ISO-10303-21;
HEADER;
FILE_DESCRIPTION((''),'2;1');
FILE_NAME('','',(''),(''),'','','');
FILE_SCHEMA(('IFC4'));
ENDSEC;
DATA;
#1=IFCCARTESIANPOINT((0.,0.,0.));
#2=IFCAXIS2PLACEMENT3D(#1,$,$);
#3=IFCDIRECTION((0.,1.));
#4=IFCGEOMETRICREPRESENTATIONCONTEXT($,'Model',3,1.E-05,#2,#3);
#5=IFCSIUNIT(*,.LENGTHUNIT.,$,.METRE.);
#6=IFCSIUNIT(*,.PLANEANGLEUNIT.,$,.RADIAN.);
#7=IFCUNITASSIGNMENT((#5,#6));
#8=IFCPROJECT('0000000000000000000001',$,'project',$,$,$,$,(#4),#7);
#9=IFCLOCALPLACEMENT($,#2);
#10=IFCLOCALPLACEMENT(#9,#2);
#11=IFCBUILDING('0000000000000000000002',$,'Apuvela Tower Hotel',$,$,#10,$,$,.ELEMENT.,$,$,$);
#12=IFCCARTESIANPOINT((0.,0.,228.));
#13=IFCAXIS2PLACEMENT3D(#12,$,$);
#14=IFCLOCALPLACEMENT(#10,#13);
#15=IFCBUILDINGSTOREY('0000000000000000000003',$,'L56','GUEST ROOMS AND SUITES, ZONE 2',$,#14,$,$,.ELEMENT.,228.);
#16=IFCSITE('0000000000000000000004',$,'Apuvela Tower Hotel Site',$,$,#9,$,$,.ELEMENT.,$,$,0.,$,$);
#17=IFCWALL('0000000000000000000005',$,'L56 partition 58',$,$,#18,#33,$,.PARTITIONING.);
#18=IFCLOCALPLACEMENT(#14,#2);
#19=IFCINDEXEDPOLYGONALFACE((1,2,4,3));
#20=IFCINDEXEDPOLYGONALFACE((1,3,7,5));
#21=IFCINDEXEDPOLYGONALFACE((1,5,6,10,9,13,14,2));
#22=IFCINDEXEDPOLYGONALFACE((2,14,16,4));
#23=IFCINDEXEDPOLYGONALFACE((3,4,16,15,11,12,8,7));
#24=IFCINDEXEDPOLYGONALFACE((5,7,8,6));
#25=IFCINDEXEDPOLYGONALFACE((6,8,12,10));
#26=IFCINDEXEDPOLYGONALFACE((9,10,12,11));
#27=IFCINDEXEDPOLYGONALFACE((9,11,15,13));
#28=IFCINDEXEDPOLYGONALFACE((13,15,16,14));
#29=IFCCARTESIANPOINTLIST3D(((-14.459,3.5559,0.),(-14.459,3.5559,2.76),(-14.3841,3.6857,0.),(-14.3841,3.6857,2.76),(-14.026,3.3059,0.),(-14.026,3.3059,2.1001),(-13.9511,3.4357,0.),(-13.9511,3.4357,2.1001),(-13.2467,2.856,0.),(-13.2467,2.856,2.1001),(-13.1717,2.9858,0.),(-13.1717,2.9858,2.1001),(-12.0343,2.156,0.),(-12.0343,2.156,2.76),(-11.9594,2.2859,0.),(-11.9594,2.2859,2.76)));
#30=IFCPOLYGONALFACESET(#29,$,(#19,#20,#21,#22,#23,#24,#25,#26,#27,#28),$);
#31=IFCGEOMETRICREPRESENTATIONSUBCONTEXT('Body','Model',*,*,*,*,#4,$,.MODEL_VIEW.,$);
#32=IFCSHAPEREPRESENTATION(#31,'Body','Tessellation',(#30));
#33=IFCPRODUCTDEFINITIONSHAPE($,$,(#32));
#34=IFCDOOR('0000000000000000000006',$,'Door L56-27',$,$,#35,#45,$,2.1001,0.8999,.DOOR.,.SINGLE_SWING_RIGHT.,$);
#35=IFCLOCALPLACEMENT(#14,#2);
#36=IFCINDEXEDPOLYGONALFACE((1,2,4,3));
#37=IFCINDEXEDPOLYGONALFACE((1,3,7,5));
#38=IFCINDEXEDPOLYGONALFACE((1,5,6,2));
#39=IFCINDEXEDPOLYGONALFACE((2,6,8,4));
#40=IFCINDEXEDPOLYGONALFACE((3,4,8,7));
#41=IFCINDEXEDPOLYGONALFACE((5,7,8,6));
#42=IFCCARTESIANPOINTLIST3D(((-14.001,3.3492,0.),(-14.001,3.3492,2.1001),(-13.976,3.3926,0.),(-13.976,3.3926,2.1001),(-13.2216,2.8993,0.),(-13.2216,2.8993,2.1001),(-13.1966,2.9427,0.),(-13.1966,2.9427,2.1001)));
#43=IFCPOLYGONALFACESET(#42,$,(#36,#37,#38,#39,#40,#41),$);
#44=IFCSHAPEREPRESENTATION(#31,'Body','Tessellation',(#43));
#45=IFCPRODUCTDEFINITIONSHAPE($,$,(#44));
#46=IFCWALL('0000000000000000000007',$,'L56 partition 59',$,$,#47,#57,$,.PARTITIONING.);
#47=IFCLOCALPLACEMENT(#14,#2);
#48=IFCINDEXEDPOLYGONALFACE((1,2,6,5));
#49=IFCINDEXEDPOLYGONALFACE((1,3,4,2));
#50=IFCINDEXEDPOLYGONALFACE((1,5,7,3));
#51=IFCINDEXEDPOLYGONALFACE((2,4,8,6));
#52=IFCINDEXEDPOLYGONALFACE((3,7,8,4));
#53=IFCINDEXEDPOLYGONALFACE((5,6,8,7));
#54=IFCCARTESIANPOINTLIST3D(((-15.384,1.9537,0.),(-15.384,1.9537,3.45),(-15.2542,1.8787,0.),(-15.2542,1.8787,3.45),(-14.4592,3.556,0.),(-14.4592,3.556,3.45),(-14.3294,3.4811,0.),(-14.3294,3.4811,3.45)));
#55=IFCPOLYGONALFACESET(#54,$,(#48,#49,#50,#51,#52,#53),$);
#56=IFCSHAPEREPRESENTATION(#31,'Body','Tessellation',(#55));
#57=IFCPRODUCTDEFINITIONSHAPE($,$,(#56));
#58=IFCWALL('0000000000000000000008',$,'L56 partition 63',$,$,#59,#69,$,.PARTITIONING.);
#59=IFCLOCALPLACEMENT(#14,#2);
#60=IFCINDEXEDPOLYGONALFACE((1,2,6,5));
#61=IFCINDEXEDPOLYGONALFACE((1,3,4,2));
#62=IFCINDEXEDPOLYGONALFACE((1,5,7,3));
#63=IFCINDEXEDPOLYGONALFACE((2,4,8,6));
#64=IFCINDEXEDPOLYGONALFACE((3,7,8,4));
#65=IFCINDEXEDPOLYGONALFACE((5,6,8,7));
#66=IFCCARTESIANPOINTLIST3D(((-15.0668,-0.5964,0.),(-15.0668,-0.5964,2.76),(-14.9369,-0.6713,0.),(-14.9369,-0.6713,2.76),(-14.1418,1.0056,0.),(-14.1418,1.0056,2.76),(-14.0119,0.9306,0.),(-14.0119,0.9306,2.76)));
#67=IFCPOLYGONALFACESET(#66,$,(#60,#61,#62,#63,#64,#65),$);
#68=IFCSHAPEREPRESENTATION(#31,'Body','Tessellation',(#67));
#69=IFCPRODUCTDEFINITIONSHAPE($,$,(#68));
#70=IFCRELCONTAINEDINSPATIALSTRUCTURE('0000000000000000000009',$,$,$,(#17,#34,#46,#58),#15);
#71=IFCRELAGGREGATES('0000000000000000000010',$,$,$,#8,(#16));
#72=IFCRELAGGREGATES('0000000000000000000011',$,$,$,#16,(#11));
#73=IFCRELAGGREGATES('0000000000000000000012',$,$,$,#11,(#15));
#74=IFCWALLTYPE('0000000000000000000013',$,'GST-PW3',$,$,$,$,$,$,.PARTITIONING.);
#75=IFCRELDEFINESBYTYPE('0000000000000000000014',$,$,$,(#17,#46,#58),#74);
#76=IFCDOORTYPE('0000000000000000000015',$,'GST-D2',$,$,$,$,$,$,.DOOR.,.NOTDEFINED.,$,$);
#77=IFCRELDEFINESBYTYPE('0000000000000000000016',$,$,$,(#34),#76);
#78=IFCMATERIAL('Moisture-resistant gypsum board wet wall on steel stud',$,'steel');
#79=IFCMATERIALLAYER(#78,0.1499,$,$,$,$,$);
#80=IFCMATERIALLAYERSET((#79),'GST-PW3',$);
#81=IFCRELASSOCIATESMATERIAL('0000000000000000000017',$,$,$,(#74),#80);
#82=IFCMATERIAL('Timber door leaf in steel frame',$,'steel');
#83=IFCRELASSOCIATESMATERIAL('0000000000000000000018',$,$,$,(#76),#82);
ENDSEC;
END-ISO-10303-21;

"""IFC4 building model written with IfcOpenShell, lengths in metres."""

from ifc_helpers import new_model, si_unit, direction, frame, frame_2d, origin, place, context, subcontext, project, spatial, rectangle, extrude, material, layer, layer_set, type_object, element, fill, save


model = new_model("IFC4")

# Units and contexts
model_context = context("Model", 3, precision=1e-05, world=origin(), true_north=direction((0.0, 1.0)))
body_context = subcontext(model_context, "Body", "Model", "MODEL_VIEW")
ifc_project = project(units=[si_unit("LENGTHUNIT", "METRE"), si_unit("PLANEANGLEUNIT", "RADIAN")], contexts=[model_context])

# Site, building, storey
site_placement = place(None, origin())
site = spatial("IfcSite", under=ifc_project, at=site_placement, Name="Apuvela Tower Hotel Site", CompositionType="ELEMENT", RefElevation=0.0)
building_placement = place(site_placement, origin())
building = spatial("IfcBuilding", under=site, at=building_placement, Name="Apuvela Tower Hotel", CompositionType="ELEMENT")
storey_placement = place(building_placement, frame((0.0, 0.0, 228.0)))
storey = spatial("IfcBuildingStorey", under=building, at=storey_placement, Name="L56", Description="GUEST ROOMS AND SUITES, ZONE 2", CompositionType="ELEMENT", Elevation=228.0)

# Shared definitions
ifc_material_1 = material(Name="Timber door leaf in steel frame", Category="steel")
ifc_material_2 = material(Name="Moisture-resistant gypsum board wet wall on steel stud", Category="steel")
ifc_layer_1 = layer(ifc_material_2, 0.1499)
ifc_layer_set_1 = layer_set([ifc_layer_1], Name="GST-PW3")
wall_type_1 = type_object("IfcWallType", Name="GST-PW3", PredefinedType="PARTITIONING", material=ifc_layer_set_1)
door_type_1 = type_object("IfcDoorType", Name="GST-D2", OperationType="NOTDEFINED", PredefinedType="DOOR", material=ifc_material_1)

# Wall, opening, door
wall_1_placement = place(storey_placement, frame((-11.9968, 2.2209, 0.0), z_axis=(0.0, 0.0, 1.0), x_axis=(-0.866035, 0.499984, 0.0)))
wall_1 = element("IfcWall", 1, at=wall_1_placement, inside=storey, type_object=wall_type_1, Name="L56 partition 58", PredefinedType="PARTITIONING", context=body_context, shape_type="SweptSolid", body=[
    extrude(rectangle(XDim=2.7998, YDim=0.1499, at=frame_2d((1.3999, 0.0))), origin(), (0.0, 0.0, 1.0), 2.76),
])
opening_1_placement = place(wall_1_placement, frame((1.3999, 0.0, 0.0)))
opening_1 = element("IfcOpeningElement", 2, at=opening_1_placement, cuts=wall_1, PredefinedType="OPENING", context=body_context, shape_type="SweptSolid", body=[
    extrude(rectangle(XDim=0.8999, YDim=2.1001, at=frame_2d((0.45, 1.05))), frame((0.0, 0.085, 0.0), z_axis=(0.0, -1.0, 0.0), x_axis=(1.0, 0.0, 0.0)), (0.0, 0.0, 1.0), 0.1699),
])
door_1_placement = place(opening_1_placement, origin())
door_1 = element("IfcDoor", 3, at=door_1_placement, inside=storey, type_object=door_type_1, Name="Door L56-27", OperationType="SINGLE_SWING_RIGHT", OverallHeight=2.1001, OverallWidth=0.8999, PredefinedType="DOOR", context=body_context, shape_type="SweptSolid", body=[
    extrude(rectangle(XDim=0.8999, YDim=2.1001, at=frame_2d((0.45, 1.05))), frame((0.0, 0.0249, 0.0), z_axis=(0.0, -1.0, 0.0), x_axis=(1.0, 0.0, 0.0)), (0.0, 0.0, 1.0), 0.05),
])
fill(opening_1, door_1)

# Walls
wall_2_placement = place(storey_placement, frame((-14.3943, 3.5186, 0.0), z_axis=(0.0, 0.0, 1.0), x_axis=(-0.499886, -0.866091, 0.0)))
element("IfcWall", 4, at=wall_2_placement, inside=storey, type_object=wall_type_1, Name="L56 partition 59", PredefinedType="PARTITIONING", context=body_context, shape_type="SweptSolid", body=[
    extrude(rectangle(XDim=1.8501, YDim=0.1499, at=frame_2d((0.925, 0.0))), origin(), (0.0, 0.0, 1.0), 3.45),
])
wall_3_placement = place(storey_placement, frame((-14.0769, 0.968, 0.0), z_axis=(0.0, 0.0, 1.0), x_axis=(-0.500042, -0.866001, 0.0)))
element("IfcWall", 5, at=wall_3_placement, inside=storey, type_object=wall_type_1, Name="L56 partition 63", PredefinedType="PARTITIONING", context=body_context, shape_type="SweptSolid", body=[
    extrude(rectangle(XDim=1.8499, YDim=0.1499, at=frame_2d((0.9248, 0.0))), origin(), (0.0, 0.0, 1.0), 2.76),
])

save(model, "model.ifc")
